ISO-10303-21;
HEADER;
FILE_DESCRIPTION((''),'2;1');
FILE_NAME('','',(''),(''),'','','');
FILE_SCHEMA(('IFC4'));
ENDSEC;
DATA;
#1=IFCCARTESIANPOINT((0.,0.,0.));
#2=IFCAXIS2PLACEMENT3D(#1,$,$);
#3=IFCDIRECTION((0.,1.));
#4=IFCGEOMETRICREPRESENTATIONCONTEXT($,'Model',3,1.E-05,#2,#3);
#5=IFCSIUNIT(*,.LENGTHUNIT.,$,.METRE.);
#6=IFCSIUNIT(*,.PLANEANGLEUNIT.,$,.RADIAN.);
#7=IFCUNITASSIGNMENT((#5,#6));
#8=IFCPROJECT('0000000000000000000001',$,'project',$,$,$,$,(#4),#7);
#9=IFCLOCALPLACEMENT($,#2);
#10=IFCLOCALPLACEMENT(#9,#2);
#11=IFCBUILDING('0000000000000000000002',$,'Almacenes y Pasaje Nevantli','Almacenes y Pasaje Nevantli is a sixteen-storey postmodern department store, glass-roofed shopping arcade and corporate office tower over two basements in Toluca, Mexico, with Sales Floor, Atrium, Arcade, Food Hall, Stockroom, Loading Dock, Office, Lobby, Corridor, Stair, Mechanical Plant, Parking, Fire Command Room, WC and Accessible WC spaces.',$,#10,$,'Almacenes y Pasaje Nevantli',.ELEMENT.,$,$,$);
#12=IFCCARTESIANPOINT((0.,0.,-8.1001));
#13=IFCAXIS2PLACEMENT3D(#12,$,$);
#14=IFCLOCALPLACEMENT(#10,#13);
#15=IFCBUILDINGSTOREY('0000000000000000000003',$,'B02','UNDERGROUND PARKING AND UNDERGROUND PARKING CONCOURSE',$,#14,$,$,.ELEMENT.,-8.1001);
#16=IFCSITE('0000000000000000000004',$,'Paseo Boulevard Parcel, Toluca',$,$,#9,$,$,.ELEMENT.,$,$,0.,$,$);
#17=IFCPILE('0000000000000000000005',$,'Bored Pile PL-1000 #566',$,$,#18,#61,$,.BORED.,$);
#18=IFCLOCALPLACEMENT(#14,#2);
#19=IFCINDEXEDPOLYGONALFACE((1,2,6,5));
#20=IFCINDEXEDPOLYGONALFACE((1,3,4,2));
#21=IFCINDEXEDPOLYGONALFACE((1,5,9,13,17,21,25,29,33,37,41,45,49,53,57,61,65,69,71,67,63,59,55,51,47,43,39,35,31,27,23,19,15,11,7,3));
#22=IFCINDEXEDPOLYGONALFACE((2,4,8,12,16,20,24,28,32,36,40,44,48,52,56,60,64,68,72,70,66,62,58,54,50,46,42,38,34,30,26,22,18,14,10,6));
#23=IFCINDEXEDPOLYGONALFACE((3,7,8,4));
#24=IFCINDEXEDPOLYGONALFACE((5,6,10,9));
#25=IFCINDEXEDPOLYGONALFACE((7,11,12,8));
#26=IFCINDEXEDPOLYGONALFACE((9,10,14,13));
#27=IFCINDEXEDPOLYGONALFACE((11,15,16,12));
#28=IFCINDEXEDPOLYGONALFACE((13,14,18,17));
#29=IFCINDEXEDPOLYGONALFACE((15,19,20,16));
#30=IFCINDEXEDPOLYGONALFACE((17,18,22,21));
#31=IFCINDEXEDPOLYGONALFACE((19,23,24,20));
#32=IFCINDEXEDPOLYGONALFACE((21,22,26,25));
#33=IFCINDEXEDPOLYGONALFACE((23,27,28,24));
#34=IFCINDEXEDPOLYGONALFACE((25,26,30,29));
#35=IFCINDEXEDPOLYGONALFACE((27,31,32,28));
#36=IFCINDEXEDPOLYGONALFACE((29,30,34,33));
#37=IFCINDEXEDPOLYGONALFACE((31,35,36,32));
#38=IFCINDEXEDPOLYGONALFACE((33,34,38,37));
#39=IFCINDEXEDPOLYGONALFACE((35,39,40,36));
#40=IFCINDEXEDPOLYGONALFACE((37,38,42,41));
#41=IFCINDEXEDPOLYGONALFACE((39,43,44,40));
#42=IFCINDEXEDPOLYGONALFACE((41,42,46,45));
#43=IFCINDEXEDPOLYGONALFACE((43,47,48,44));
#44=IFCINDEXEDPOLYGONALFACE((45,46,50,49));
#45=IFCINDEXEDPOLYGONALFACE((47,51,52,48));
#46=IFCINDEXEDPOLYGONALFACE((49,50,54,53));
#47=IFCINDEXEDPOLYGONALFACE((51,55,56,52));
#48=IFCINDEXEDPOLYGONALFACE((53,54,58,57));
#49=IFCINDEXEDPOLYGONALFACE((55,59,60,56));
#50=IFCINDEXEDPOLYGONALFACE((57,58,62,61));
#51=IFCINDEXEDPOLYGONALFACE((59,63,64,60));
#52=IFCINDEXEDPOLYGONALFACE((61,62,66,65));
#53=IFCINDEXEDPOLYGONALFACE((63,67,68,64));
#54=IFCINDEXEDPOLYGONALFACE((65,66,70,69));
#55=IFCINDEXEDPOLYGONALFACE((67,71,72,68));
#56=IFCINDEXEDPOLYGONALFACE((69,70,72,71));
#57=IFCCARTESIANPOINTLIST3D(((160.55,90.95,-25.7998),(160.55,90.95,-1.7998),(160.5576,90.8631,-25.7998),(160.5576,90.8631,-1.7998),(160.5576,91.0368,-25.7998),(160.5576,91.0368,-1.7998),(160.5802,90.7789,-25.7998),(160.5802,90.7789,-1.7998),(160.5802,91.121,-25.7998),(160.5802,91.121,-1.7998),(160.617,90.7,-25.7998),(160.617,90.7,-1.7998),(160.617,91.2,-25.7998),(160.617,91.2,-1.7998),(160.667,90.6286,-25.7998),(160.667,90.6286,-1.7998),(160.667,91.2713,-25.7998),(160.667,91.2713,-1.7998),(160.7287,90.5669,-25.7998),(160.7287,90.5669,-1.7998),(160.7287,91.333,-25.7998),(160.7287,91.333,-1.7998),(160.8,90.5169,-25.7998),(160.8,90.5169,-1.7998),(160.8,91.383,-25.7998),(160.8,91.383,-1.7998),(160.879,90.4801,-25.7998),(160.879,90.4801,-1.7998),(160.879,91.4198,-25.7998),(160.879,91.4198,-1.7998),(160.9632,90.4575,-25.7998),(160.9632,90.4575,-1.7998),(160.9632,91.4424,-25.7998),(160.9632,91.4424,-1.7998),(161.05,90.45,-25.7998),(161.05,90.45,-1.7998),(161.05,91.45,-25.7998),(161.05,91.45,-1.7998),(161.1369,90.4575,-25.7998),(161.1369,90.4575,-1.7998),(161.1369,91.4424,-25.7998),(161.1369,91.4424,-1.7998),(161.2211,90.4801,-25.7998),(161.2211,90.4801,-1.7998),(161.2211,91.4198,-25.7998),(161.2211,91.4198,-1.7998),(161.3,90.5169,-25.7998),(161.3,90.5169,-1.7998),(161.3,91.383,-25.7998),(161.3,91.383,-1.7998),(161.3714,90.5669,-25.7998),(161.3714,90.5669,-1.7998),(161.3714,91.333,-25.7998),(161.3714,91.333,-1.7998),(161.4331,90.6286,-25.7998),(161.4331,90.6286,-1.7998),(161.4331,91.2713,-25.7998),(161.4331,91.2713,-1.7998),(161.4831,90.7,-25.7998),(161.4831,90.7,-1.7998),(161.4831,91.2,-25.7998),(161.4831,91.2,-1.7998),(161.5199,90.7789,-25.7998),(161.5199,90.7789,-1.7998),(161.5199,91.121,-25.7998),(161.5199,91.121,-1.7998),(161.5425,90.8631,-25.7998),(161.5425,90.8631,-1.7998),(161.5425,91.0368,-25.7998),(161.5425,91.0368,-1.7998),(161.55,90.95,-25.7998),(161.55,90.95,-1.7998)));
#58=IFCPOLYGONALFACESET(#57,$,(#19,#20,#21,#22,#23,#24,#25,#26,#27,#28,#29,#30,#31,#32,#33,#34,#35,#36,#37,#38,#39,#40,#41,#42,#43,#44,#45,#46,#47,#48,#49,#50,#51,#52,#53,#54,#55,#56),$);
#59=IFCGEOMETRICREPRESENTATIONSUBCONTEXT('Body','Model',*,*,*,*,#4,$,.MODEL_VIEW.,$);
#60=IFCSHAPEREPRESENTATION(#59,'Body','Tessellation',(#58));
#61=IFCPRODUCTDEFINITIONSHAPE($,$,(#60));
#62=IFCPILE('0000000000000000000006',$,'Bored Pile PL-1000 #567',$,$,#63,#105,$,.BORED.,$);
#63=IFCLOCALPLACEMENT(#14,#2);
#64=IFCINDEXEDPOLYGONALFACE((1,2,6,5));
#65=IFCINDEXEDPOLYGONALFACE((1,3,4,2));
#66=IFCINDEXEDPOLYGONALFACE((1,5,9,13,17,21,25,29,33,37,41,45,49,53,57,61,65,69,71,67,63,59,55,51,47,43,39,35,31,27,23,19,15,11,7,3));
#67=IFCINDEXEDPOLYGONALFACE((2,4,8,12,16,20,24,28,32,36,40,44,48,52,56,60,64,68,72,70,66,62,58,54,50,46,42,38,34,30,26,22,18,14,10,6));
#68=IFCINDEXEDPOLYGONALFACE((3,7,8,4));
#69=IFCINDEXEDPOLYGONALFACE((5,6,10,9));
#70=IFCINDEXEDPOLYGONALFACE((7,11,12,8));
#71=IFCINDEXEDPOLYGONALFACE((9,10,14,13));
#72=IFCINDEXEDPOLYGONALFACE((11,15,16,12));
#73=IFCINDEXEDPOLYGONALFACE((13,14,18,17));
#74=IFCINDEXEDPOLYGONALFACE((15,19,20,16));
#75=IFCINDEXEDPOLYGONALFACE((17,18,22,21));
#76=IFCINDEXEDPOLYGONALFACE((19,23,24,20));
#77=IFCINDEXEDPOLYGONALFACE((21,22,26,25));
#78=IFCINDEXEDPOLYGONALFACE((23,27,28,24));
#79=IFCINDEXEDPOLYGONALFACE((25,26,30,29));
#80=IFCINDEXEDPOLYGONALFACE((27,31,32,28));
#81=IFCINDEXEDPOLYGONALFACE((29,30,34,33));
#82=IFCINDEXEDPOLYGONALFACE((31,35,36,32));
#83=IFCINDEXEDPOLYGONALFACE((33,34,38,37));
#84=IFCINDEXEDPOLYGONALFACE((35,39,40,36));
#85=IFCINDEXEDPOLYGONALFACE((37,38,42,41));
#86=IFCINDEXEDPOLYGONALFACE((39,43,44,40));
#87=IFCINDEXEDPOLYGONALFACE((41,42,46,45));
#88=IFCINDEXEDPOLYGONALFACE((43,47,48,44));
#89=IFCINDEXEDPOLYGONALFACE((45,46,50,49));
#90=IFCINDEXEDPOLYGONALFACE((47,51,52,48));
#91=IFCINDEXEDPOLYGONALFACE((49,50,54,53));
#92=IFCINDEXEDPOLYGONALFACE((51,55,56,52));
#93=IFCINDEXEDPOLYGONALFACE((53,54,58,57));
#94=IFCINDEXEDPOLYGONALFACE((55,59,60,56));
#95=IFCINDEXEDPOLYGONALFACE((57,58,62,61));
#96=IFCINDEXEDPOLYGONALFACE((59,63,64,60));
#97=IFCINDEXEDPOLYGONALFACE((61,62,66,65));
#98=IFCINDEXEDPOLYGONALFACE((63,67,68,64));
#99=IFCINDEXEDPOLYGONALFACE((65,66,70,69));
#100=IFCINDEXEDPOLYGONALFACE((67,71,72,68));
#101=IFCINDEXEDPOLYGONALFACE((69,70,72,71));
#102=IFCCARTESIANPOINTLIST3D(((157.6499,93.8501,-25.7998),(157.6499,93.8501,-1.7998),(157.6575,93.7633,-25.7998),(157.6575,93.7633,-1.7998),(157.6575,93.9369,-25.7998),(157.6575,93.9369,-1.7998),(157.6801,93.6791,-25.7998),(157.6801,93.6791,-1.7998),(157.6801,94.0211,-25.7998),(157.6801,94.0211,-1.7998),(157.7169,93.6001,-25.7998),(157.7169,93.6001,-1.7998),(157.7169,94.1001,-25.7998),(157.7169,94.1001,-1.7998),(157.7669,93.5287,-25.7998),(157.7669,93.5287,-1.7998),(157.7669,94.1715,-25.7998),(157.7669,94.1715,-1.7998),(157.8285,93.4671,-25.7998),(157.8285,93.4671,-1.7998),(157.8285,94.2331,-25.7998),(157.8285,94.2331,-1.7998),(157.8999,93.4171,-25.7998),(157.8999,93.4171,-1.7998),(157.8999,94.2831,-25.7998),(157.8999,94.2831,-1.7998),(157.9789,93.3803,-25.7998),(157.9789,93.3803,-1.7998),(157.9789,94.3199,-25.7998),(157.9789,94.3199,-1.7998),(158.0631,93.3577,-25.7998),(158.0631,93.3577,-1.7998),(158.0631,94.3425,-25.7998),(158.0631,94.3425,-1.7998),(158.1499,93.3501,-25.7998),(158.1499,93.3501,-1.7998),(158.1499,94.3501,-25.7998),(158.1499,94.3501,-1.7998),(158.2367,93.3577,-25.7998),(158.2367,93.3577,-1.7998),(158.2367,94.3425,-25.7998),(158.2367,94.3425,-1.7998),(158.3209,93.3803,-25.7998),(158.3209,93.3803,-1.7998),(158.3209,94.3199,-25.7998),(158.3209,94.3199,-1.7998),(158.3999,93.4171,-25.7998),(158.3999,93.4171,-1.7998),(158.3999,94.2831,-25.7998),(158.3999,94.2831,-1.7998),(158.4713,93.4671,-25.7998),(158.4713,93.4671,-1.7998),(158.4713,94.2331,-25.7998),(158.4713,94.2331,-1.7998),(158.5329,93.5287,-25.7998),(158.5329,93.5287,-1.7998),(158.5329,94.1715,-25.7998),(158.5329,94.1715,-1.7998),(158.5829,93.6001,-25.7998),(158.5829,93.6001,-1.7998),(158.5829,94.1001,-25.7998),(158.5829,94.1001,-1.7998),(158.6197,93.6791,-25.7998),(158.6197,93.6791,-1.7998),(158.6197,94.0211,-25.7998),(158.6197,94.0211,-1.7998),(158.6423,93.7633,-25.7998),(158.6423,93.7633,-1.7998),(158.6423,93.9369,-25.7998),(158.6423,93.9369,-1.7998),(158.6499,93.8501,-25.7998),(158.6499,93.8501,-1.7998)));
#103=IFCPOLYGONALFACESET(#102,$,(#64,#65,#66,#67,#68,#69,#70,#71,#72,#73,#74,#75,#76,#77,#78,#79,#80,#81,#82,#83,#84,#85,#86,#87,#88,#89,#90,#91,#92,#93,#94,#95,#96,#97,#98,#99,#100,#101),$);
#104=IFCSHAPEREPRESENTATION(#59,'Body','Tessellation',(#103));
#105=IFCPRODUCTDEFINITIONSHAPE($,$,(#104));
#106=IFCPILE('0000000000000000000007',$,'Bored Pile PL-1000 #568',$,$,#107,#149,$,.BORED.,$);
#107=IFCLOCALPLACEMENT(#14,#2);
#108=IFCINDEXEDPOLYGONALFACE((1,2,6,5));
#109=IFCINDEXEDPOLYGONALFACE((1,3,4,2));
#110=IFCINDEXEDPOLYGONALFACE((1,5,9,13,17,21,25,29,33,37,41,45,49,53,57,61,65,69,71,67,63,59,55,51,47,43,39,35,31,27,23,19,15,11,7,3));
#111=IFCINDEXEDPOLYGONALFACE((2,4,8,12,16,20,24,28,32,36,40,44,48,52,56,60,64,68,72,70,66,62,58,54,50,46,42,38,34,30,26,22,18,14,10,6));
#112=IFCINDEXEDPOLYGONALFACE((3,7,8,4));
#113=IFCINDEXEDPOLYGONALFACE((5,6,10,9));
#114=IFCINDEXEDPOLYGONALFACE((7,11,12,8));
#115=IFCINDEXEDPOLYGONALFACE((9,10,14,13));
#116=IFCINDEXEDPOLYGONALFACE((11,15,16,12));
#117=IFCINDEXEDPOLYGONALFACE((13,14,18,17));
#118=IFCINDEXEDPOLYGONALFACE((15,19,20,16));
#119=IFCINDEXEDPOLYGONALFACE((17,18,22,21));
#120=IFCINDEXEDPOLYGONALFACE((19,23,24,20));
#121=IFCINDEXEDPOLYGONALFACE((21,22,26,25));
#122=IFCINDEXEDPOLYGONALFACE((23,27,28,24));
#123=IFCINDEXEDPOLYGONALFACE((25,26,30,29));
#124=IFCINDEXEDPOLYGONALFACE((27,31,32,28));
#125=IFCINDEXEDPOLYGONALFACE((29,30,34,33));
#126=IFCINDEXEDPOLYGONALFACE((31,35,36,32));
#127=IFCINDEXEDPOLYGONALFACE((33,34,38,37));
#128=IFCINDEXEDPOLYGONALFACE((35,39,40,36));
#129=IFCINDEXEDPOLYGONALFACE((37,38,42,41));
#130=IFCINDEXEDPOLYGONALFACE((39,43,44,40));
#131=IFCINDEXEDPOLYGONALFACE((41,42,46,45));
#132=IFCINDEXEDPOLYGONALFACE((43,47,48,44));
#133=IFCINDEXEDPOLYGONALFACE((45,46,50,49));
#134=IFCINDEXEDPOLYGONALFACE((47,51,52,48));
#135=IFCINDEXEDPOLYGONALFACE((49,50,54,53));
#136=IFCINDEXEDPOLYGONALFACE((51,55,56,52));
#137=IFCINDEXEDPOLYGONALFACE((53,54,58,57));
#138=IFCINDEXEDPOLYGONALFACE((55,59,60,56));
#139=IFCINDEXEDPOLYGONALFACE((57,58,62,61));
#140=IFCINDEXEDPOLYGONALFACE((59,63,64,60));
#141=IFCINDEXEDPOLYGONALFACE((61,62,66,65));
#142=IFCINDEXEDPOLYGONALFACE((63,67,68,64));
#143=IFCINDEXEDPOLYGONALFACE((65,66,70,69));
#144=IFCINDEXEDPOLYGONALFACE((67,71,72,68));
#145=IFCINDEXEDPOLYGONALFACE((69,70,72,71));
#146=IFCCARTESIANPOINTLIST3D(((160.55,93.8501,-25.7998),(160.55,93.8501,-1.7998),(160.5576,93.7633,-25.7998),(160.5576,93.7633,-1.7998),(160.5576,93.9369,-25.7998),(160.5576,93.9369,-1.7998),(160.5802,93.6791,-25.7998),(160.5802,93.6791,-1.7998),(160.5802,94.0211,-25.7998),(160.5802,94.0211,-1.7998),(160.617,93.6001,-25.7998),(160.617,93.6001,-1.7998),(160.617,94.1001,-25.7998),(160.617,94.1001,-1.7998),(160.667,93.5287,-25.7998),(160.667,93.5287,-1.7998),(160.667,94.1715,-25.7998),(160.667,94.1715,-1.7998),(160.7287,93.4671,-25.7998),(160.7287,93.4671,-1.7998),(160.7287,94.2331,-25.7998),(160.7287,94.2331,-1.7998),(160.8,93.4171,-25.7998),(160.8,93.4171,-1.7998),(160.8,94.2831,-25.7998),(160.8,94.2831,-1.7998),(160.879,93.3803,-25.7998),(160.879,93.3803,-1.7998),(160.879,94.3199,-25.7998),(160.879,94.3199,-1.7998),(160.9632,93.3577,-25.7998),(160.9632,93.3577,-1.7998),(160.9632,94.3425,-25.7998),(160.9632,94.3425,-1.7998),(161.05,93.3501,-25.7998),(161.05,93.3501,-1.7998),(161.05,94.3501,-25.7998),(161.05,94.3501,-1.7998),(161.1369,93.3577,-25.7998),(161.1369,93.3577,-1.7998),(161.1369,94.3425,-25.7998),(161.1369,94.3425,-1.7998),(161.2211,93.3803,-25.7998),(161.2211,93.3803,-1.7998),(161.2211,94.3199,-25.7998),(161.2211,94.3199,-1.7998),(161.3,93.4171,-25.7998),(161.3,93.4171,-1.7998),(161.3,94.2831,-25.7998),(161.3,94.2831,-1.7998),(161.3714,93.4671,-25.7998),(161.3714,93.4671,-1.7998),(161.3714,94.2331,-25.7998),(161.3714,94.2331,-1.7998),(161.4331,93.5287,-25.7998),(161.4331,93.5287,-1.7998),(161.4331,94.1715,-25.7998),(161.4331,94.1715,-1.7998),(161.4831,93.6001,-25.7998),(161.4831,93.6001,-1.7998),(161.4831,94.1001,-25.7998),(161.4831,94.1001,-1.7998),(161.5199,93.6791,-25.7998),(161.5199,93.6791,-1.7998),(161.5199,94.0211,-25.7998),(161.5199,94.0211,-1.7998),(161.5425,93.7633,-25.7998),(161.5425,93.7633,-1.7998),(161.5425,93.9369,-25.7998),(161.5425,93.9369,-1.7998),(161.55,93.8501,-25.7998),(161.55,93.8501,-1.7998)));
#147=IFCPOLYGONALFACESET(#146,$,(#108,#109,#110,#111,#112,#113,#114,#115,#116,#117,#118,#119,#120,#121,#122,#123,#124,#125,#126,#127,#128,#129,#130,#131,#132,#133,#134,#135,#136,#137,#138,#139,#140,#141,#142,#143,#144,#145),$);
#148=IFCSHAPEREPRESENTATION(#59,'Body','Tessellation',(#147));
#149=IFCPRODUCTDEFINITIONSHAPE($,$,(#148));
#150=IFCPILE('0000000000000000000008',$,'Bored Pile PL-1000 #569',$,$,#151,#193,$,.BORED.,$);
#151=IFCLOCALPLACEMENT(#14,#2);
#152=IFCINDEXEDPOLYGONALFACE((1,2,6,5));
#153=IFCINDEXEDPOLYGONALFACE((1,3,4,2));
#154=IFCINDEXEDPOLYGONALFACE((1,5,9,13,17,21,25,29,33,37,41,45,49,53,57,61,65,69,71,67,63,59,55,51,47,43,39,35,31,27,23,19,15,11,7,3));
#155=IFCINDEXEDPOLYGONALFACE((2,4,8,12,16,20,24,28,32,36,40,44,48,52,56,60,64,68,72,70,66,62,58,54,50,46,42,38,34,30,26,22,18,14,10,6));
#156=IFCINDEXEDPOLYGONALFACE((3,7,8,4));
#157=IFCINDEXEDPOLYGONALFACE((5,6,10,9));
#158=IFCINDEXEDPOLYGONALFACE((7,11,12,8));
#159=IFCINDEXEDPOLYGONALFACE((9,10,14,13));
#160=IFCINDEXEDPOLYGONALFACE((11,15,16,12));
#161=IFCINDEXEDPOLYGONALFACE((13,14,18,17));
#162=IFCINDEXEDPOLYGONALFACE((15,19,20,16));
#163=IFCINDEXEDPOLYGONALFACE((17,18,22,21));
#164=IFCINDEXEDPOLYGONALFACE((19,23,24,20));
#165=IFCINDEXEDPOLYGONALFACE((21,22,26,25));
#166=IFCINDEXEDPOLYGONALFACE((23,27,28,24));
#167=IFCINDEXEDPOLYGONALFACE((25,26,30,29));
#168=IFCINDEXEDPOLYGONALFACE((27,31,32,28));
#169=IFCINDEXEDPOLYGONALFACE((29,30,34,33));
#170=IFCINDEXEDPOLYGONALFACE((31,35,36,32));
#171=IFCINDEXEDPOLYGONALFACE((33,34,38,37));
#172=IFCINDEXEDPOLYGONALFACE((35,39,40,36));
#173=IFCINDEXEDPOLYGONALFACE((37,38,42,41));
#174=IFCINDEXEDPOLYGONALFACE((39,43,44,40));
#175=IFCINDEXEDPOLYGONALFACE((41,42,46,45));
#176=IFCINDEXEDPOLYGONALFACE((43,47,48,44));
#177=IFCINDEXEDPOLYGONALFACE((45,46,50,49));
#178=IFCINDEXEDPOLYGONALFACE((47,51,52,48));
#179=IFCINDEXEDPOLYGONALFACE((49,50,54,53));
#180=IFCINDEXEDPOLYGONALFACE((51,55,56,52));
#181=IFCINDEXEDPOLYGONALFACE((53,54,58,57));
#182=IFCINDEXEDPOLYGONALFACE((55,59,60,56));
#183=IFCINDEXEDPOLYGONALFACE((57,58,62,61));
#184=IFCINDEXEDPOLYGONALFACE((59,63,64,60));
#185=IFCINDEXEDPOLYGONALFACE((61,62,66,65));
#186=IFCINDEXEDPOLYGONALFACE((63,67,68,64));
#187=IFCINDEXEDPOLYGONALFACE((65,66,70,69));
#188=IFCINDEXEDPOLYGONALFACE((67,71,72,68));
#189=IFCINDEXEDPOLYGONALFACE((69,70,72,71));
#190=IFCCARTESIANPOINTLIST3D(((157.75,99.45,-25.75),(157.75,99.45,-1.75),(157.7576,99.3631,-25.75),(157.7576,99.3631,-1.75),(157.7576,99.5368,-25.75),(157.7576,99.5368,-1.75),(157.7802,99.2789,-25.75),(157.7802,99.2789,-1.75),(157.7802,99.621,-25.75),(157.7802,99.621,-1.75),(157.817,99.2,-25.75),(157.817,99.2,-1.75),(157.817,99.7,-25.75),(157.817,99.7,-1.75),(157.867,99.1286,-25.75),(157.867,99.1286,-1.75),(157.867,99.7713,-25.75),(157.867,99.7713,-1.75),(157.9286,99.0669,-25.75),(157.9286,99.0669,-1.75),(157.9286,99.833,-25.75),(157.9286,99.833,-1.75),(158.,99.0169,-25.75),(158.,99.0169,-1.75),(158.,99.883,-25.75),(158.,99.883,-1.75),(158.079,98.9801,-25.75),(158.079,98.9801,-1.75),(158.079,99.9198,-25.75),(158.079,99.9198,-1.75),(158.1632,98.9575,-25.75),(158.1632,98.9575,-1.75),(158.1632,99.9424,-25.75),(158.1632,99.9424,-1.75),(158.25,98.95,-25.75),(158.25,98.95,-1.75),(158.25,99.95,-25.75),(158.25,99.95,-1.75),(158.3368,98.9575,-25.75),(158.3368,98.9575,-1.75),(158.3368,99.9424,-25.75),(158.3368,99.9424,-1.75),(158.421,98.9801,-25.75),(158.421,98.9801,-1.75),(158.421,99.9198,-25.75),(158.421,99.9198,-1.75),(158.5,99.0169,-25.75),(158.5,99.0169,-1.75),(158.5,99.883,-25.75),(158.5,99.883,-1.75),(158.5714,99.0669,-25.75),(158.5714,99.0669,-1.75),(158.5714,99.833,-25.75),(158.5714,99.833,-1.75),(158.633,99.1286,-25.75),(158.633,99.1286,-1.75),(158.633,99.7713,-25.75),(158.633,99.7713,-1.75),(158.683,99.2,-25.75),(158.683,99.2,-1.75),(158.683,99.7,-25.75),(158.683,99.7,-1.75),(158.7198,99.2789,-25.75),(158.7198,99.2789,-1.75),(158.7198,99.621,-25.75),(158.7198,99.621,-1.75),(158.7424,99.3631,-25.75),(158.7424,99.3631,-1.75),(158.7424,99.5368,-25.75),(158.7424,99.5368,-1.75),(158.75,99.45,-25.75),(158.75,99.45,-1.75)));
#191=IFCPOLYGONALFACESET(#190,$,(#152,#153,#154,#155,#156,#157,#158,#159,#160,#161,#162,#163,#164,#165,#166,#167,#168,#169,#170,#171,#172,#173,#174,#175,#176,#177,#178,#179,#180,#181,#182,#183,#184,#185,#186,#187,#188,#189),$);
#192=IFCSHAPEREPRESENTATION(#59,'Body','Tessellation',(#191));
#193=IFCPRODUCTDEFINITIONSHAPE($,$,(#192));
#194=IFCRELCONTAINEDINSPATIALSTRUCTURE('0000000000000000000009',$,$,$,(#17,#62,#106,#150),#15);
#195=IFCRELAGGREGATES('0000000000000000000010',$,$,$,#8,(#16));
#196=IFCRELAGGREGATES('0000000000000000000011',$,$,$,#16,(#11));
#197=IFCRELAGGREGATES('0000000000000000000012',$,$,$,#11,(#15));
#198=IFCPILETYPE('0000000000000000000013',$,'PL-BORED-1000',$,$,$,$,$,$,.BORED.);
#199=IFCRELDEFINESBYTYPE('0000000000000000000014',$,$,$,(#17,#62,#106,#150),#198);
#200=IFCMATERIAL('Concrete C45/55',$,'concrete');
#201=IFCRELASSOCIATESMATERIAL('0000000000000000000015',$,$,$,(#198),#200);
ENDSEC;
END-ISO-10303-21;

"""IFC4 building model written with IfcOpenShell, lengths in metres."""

from ifc_helpers import new_model, si_unit, direction, frame, origin, origin_2d, place, context, subcontext, project, spatial, circle, extrude, material, material_profile, profile_set, type_object, element, save


model = new_model("IFC4")

# Units and contexts
model_context = context("Model", 3, precision=1e-05, world=origin(), true_north=direction((0.0, 1.0)))
body_context = subcontext(model_context, "Body", "Model", "MODEL_VIEW")
ifc_project = project(units=[si_unit("LENGTHUNIT", "METRE"), si_unit("PLANEANGLEUNIT", "RADIAN")], contexts=[model_context])

# Site, building, storey
site_placement = place(None, origin())
site = spatial("IfcSite", under=ifc_project, at=site_placement, Name="Paseo Boulevard Parcel, Toluca", CompositionType="ELEMENT", RefElevation=0.0)
building_placement = place(site_placement, origin())
building = spatial("IfcBuilding", under=site, at=building_placement, Name="Almacenes y Pasaje Nevantli", Description="Almacenes y Pasaje Nevantli is a sixteen-storey postmodern department store, glass-roofed shopping arcade and corporate office tower over two basements in Toluca, Mexico, with Sales Floor, Atrium, Arcade, Food Hall, Stockroom, Loading Dock, Office, Lobby, Corridor, Stair, Mechanical Plant, Parking, Fire Command Room, WC and Accessible WC spaces.", LongName="Almacenes y Pasaje Nevantli", CompositionType="ELEMENT")
storey_placement = place(building_placement, frame((0.0, 0.0, -8.1001)))
storey = spatial("IfcBuildingStorey", under=building, at=storey_placement, Name="B02", Description="UNDERGROUND PARKING AND UNDERGROUND PARKING CONCOURSE", CompositionType="ELEMENT", Elevation=-8.1001)

# Piles
ifc_material_1 = material(Name="Concrete C45/55", Category="concrete")
ifc_material_profile_1 = material_profile(ifc_material_1, circle(Radius=0.5, at=origin_2d()), Name="RC-PILE-D1000")
ifc_profile_set_1 = profile_set([ifc_material_profile_1], Name="Concrete C45/55")
pile_type_1 = type_object("IfcPileType", Name="PL-BORED-1000", PredefinedType="BORED", material=ifc_profile_set_1)
for number, where, z_axis, x_axis, name in (
    (1, (161.05, 90.95, -1.7998), (0.0, 0.0, -1.0), (1.0, 0.0, 0.0), "Bored Pile PL-1000 #566"),
    (2, (158.1499, 93.8501, -1.7998), (0.0, 0.0, -1.0), (1.0, 0.0, 0.0), "Bored Pile PL-1000 #567"),
    (3, (161.05, 93.8501, -1.7998), (0.0, 0.0, -1.0), (1.0, 0.0, 0.0), "Bored Pile PL-1000 #568"),
    (4, (158.25, 99.45, -1.75), (0.0, 0.0, -1.0), (1.0, 0.0, 0.0), "Bored Pile PL-1000 #569"),
):
    element("IfcPile", number, at=place(storey_placement, frame(where, z_axis=z_axis, x_axis=x_axis)), inside=storey, type_object=pile_type_1, Name=name, PredefinedType="BORED", context=body_context, shape_type="SweptSolid", body=[
        extrude(circle(Radius=0.5, at=origin_2d()), origin(), (0.0, 0.0, 1.0), 24.0),
    ])

save(model, "model.ifc")
